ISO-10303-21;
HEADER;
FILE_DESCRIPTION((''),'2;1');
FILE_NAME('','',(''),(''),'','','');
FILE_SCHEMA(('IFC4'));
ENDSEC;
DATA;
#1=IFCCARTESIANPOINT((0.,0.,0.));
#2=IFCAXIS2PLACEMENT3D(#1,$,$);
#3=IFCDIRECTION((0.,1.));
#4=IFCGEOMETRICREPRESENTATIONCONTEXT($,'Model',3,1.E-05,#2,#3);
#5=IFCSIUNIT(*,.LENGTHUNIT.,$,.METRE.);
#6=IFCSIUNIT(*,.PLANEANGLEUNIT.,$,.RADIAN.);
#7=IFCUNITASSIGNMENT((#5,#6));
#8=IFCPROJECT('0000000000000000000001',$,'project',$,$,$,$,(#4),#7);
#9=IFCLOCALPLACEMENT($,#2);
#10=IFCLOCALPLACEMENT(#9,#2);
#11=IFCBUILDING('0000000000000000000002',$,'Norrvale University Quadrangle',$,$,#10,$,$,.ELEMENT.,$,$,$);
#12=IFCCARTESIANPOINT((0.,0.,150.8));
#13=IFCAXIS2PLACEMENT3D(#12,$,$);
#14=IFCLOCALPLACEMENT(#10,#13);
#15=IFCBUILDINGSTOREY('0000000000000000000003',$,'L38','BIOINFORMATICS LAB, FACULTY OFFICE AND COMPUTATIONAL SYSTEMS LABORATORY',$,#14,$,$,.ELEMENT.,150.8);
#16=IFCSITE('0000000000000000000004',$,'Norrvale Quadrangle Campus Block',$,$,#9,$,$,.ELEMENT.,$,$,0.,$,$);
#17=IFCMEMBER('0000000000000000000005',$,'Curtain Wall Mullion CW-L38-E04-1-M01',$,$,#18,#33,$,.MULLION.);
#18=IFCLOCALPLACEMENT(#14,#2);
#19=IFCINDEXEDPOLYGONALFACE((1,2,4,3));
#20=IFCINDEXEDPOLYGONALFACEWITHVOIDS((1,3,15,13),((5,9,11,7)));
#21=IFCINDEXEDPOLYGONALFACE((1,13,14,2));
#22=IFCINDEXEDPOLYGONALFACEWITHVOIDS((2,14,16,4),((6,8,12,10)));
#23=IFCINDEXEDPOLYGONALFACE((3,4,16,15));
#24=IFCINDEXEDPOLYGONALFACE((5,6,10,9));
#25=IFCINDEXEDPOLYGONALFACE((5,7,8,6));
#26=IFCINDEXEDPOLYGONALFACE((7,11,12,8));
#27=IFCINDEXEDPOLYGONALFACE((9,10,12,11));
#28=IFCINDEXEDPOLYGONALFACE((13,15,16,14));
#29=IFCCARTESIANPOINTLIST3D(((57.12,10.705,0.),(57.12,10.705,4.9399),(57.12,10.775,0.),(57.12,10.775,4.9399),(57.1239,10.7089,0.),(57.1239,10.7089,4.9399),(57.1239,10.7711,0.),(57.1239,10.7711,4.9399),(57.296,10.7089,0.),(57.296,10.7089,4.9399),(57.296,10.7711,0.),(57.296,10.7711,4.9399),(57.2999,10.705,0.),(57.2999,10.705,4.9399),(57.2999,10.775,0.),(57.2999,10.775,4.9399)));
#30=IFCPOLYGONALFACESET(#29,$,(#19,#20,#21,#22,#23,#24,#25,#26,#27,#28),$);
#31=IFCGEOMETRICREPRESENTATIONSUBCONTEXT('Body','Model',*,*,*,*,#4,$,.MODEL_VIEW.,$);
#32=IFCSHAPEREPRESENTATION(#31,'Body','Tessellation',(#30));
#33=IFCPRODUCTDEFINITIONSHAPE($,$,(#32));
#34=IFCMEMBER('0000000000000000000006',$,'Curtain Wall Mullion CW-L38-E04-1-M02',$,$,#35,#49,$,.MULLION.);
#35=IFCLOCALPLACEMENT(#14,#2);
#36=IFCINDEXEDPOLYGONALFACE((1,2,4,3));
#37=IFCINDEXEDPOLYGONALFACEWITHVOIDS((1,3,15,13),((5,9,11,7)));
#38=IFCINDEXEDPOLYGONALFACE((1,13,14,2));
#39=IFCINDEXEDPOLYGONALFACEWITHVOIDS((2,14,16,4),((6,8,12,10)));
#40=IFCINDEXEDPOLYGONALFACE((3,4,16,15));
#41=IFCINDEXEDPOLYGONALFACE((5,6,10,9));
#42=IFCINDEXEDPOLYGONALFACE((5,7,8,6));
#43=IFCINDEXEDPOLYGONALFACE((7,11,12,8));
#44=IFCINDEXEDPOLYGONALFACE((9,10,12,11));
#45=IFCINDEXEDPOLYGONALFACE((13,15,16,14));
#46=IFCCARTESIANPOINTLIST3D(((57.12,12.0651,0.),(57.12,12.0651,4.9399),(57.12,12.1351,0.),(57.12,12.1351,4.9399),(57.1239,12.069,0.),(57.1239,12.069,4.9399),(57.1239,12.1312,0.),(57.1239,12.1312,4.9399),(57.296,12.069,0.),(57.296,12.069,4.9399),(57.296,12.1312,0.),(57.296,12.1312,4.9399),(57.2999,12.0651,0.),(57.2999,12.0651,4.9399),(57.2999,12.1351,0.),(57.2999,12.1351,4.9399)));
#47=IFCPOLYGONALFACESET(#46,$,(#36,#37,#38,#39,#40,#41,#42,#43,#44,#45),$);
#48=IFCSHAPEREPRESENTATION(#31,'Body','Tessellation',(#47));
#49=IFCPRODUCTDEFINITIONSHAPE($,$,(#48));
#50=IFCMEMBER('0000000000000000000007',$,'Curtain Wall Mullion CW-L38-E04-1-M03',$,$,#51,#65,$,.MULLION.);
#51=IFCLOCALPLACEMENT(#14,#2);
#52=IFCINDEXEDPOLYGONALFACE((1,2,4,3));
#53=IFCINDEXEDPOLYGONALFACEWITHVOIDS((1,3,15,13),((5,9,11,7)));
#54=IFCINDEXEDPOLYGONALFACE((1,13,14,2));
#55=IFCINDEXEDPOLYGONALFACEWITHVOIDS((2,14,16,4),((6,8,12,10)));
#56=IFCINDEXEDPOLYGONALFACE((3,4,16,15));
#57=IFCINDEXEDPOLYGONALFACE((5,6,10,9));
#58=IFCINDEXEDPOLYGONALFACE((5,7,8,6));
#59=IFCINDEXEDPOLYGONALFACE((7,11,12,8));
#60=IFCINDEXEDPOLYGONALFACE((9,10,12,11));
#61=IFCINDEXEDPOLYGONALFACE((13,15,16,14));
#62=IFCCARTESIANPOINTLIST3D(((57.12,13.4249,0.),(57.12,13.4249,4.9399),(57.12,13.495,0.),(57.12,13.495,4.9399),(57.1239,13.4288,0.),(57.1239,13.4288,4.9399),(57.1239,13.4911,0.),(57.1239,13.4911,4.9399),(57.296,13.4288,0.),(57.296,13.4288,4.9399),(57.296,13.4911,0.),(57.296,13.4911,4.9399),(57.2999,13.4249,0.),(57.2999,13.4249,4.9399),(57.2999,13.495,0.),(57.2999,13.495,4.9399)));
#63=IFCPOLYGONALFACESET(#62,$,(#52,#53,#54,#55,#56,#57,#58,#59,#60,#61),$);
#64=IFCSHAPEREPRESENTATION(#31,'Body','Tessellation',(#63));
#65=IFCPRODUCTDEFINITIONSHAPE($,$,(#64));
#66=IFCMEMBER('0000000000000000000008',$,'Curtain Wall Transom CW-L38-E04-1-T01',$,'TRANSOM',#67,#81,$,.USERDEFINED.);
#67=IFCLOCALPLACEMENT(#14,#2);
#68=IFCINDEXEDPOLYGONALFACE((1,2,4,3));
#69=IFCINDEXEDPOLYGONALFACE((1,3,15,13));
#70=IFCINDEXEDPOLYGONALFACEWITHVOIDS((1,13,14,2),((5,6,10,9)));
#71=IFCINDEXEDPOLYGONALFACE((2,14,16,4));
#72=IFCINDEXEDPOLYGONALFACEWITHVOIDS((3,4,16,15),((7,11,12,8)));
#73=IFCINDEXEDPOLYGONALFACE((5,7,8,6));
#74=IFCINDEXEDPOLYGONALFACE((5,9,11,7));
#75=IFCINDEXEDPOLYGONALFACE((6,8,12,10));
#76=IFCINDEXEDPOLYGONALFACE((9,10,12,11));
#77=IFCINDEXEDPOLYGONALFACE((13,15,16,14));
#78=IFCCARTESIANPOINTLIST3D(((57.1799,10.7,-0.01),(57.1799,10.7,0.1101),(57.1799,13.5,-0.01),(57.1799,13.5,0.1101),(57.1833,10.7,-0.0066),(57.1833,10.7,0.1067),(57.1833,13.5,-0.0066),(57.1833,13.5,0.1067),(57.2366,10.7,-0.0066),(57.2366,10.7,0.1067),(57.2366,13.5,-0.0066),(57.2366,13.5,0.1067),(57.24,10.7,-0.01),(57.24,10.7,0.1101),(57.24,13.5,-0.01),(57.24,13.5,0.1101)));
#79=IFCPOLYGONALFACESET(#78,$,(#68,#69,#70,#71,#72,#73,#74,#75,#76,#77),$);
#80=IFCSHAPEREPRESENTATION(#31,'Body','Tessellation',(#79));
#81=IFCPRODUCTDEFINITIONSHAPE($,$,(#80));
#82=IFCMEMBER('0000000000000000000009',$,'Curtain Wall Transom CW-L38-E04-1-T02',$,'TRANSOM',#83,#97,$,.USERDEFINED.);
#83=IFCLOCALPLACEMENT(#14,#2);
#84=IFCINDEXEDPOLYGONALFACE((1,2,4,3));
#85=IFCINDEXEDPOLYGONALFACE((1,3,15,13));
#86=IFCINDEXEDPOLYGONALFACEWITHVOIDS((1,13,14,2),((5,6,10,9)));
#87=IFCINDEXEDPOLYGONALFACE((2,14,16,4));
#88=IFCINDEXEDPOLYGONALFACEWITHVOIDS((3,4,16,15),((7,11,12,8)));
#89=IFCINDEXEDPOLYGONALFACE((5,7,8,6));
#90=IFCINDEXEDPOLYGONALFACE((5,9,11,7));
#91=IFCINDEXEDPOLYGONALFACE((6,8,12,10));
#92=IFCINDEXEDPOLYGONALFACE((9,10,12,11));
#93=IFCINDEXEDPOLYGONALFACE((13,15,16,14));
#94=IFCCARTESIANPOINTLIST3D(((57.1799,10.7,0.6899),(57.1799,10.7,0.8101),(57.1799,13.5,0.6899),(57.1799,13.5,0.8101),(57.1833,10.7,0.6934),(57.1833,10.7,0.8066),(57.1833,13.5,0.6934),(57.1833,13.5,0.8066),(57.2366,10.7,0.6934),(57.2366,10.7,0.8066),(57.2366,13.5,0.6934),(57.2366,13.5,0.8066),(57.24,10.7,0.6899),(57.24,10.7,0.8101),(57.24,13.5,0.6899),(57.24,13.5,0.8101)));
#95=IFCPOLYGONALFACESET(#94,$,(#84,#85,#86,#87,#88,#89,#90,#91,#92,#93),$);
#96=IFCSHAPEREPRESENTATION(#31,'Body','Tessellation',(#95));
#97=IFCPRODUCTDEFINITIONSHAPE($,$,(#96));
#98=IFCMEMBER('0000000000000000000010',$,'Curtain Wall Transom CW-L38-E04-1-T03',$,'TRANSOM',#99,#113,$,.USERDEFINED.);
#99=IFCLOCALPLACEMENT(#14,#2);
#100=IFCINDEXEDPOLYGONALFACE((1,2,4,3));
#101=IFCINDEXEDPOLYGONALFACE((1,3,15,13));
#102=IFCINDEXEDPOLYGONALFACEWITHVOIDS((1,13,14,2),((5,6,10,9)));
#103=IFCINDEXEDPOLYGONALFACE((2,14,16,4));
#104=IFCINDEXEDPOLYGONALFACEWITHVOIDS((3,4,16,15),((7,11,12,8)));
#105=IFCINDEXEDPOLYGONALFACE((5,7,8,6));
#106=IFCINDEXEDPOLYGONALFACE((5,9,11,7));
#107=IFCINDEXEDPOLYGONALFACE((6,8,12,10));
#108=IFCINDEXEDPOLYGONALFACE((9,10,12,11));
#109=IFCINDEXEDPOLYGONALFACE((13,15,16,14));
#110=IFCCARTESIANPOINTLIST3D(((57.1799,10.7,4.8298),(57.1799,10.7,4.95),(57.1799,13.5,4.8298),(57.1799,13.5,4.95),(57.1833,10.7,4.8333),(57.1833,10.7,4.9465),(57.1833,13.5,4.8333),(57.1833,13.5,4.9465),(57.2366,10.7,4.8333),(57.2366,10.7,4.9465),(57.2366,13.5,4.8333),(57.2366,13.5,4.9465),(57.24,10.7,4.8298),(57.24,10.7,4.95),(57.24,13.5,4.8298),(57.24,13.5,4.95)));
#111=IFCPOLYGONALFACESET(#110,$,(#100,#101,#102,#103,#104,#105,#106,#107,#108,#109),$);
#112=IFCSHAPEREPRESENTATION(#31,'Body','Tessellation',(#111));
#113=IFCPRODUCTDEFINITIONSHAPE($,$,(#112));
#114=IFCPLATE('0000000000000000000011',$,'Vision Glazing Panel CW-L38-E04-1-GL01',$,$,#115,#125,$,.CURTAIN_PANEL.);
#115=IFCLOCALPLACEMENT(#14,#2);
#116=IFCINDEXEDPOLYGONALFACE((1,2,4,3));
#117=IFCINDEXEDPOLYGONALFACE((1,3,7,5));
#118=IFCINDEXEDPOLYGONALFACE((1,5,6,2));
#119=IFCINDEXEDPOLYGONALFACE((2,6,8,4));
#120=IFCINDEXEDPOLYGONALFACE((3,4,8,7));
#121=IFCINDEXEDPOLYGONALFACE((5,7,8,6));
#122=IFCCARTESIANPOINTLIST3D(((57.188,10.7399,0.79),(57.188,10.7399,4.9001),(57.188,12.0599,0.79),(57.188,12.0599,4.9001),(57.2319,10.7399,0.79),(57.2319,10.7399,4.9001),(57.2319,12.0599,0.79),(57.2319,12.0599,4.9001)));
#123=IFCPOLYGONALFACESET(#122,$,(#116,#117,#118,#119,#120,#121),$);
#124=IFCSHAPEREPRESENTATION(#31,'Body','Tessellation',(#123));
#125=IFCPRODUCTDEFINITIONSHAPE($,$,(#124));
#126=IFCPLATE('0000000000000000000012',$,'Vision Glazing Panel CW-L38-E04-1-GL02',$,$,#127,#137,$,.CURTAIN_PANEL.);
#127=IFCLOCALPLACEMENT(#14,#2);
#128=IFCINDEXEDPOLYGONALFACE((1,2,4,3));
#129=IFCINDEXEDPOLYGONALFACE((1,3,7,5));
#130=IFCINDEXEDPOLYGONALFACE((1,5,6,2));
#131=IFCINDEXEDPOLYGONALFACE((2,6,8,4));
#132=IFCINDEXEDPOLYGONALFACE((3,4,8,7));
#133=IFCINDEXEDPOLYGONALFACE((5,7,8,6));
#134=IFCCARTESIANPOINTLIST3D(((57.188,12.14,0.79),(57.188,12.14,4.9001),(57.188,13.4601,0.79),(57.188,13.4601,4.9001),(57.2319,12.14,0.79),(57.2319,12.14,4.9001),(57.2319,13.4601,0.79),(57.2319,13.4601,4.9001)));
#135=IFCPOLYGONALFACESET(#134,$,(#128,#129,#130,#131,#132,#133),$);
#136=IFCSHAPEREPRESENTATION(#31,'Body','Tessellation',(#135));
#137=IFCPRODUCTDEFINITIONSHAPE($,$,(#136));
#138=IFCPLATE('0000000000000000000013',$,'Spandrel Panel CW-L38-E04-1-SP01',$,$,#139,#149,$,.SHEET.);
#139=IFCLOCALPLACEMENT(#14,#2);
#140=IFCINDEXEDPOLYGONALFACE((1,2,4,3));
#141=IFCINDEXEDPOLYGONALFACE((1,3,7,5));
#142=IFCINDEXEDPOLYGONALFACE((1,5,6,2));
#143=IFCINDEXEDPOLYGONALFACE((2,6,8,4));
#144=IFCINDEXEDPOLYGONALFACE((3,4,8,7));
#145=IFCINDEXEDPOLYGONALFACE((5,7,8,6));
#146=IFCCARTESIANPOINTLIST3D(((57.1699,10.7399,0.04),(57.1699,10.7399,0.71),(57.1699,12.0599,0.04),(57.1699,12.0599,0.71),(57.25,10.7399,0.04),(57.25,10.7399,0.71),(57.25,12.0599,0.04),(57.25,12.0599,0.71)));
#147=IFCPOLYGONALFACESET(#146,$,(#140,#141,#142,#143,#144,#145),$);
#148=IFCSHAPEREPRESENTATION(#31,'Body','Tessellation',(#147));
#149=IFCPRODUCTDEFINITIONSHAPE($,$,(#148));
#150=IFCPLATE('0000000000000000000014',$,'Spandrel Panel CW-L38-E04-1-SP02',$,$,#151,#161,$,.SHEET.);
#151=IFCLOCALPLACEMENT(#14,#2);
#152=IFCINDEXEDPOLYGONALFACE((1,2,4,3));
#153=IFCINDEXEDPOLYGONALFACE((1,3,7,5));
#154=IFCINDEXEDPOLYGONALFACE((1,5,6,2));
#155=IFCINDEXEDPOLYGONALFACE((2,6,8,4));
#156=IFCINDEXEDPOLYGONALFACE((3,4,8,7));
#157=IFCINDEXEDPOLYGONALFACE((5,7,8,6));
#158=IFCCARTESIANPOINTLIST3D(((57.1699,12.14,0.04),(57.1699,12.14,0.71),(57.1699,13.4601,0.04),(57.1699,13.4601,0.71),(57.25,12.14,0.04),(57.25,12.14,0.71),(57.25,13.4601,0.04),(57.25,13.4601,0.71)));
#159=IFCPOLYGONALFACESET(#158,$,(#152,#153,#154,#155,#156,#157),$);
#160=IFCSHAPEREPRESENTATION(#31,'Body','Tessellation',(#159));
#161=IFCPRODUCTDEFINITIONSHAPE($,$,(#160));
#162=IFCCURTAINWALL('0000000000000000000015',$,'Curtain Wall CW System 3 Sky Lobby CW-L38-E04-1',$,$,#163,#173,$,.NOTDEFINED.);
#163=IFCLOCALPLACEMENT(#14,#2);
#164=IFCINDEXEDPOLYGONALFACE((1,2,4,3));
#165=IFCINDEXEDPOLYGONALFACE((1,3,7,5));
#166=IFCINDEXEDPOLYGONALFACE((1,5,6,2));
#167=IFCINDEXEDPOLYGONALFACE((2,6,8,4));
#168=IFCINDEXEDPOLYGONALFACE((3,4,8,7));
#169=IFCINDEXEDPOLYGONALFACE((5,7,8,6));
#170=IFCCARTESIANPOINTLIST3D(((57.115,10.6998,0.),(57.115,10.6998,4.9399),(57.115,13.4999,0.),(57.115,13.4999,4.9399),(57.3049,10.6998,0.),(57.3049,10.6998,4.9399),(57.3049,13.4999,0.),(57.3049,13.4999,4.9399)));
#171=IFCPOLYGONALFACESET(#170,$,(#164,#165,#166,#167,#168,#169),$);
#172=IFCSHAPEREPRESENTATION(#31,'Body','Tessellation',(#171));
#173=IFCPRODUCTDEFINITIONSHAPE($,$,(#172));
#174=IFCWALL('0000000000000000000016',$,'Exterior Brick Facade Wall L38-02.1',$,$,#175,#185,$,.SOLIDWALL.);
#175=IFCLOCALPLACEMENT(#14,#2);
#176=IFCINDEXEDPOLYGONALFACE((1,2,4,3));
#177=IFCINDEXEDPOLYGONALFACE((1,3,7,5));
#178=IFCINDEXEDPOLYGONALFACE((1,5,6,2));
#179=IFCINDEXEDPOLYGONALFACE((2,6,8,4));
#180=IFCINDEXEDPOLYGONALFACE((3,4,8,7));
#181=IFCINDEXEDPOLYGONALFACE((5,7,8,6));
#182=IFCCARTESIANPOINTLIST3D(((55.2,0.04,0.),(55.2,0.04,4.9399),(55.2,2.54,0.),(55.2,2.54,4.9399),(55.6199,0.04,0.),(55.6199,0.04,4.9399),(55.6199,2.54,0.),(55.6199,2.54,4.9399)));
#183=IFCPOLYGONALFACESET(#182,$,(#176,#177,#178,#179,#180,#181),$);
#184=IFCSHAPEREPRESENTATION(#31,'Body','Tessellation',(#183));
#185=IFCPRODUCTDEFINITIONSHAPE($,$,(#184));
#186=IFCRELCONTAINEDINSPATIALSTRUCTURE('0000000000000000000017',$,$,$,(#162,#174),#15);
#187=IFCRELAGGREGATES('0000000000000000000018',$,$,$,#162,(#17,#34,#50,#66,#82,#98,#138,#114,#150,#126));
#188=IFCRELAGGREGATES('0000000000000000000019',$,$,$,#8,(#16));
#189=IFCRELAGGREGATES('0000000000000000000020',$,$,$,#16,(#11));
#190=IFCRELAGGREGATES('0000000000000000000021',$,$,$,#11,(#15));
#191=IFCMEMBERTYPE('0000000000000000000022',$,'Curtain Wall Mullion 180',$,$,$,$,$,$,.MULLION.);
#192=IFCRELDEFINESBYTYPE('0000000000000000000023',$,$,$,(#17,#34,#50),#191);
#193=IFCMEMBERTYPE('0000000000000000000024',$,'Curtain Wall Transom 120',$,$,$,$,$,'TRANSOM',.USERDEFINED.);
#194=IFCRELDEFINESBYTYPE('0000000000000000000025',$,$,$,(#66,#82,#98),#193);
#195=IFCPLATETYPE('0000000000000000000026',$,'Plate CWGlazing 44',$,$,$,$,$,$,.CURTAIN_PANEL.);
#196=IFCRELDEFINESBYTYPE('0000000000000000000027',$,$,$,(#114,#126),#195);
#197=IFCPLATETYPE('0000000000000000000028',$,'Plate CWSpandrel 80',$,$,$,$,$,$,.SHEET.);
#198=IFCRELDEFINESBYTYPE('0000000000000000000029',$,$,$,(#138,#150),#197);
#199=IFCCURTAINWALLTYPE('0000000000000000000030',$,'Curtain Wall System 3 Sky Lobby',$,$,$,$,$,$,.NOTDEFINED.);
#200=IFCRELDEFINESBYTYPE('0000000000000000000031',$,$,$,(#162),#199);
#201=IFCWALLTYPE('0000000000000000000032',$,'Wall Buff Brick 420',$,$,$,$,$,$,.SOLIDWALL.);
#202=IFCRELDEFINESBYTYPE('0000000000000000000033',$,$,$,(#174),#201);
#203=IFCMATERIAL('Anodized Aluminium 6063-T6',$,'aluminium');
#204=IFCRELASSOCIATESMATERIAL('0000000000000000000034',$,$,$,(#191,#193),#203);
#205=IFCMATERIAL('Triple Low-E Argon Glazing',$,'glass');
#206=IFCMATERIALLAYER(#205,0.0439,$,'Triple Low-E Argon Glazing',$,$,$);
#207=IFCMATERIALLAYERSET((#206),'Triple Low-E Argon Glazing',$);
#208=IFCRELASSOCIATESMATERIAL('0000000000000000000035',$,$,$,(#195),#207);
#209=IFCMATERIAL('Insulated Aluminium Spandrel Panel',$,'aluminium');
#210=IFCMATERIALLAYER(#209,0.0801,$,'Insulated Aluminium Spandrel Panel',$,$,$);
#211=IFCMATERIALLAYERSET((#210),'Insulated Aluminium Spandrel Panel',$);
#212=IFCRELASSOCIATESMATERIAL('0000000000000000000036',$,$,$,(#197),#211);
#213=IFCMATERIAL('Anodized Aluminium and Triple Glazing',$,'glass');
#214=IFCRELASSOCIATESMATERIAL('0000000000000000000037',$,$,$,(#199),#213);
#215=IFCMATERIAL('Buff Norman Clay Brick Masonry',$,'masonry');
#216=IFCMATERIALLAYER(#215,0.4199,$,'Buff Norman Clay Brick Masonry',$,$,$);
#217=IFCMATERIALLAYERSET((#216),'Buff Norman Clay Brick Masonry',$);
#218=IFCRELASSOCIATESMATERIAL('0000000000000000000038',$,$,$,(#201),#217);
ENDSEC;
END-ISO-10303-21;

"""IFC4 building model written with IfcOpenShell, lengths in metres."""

from ifc_helpers import new_model, si_unit, direction, frame, frame_2d, origin, origin_2d, place, context, subcontext, project, spatial, rectangle, hollow_rectangle, extrude, material, layer, layer_set, material_profile, profile_set, type_object, element, aggregate, save


model = new_model("IFC4")

# Units and contexts
model_context = context("Model", 3, precision=1e-05, world=origin(), true_north=direction((0.0, 1.0)))
body_context = subcontext(model_context, "Body", "Model", "MODEL_VIEW")
ifc_project = project(units=[si_unit("LENGTHUNIT", "METRE"), si_unit("PLANEANGLEUNIT", "RADIAN")], contexts=[model_context])

# Site, building, storey
site_placement = place(None, origin())
site = spatial("IfcSite", under=ifc_project, at=site_placement, Name="Norrvale Quadrangle Campus Block", CompositionType="ELEMENT", RefElevation=0.0)
building_placement = place(site_placement, origin())
building = spatial("IfcBuilding", under=site, at=building_placement, Name="Norrvale University Quadrangle", CompositionType="ELEMENT")
storey_placement = place(building_placement, frame((0.0, 0.0, 150.8)))
storey = spatial("IfcBuildingStorey", under=building, at=storey_placement, Name="L38", Description="BIOINFORMATICS LAB, FACULTY OFFICE AND COMPUTATIONAL SYSTEMS LABORATORY", CompositionType="ELEMENT", Elevation=150.8)

# Members
ifc_material_1 = material(Name="Anodized Aluminium 6063-T6", Category="aluminium")
ifc_material_profile_1 = material_profile(ifc_material_1, hollow_rectangle(XDim=0.0701, YDim=0.1799, WallThickness=0.0039, at=origin_2d()), Name="Anodized Aluminium 6063-T6")
ifc_profile_set_1 = profile_set([ifc_material_profile_1], Name="Anodized Aluminium 6063-T6")
member_type_1 = type_object("IfcMemberType", Name="Curtain Wall Mullion 180", PredefinedType="MULLION", material=ifc_profile_set_1)
member_1_placement = place(storey_placement, frame((57.21, 10.74, 0.0), z_axis=(0.0, 0.0, 1.0), x_axis=(0.0, 1.0, 0.0)))
member_1 = element("IfcMember", 1, at=member_1_placement, type_object=member_type_1, Name="Curtain Wall Mullion CW-L38-E04-1-M01", PredefinedType="MULLION", context=body_context, shape_type="SweptSolid", body=[
    extrude(hollow_rectangle(XDim=0.0701, YDim=0.1799, WallThickness=0.0039, at=origin_2d()), origin(), (0.0, 0.0, 1.0), 4.9399),
])
member_2_placement = place(storey_placement, frame((57.21, 12.1001, 0.0), z_axis=(0.0, 0.0, 1.0), x_axis=(0.0, 1.0, 0.0)))
member_2 = element("IfcMember", 2, at=member_2_placement, type_object=member_type_1, Name="Curtain Wall Mullion CW-L38-E04-1-M02", PredefinedType="MULLION", context=body_context, shape_type="SweptSolid", body=[
    extrude(hollow_rectangle(XDim=0.0701, YDim=0.1799, WallThickness=0.0039, at=origin_2d()), origin(), (0.0, 0.0, 1.0), 4.9399),
])
member_3_placement = place(storey_placement, frame((57.21, 13.46, 0.0), z_axis=(0.0, 0.0, 1.0), x_axis=(0.0, 1.0, 0.0)))
member_3 = element("IfcMember", 3, at=member_3_placement, type_object=member_type_1, Name="Curtain Wall Mullion CW-L38-E04-1-M03", PredefinedType="MULLION", context=body_context, shape_type="SweptSolid", body=[
    extrude(hollow_rectangle(XDim=0.0701, YDim=0.1799, WallThickness=0.0039, at=origin_2d()), origin(), (0.0, 0.0, 1.0), 4.9399),
])
ifc_material_profile_2 = material_profile(ifc_material_1, hollow_rectangle(XDim=0.0601, YDim=0.1201, WallThickness=0.0034, at=origin_2d()), Name="Anodized Aluminium 6063-T6")
ifc_profile_set_2 = profile_set([ifc_material_profile_2], Name="Anodized Aluminium 6063-T6")
member_type_2 = type_object("IfcMemberType", Name="Curtain Wall Transom 120", ElementType="TRANSOM", PredefinedType="USERDEFINED", material=ifc_profile_set_2)
member_4_placement = place(storey_placement, frame((57.21, 10.7, 0.05), z_axis=(0.0, 1.0, 0.0), x_axis=(-1.0, 0.0, 0.0)))
member_4 = element("IfcMember", 4, at=member_4_placement, type_object=member_type_2, Name="Curtain Wall Transom CW-L38-E04-1-T01", ObjectType="TRANSOM", PredefinedType="USERDEFINED", context=body_context, shape_type="SweptSolid", body=[
    extrude(hollow_rectangle(XDim=0.0601, YDim=0.1201, WallThickness=0.0034, at=origin_2d()), origin(), (0.0, 0.0, 1.0), 2.8),
])
member_5_placement = place(storey_placement, frame((57.21, 10.7, 0.75), z_axis=(0.0, 1.0, 0.0), x_axis=(-1.0, 0.0, 0.0)))
member_5 = element("IfcMember", 5, at=member_5_placement, type_object=member_type_2, Name="Curtain Wall Transom CW-L38-E04-1-T02", ObjectType="TRANSOM", PredefinedType="USERDEFINED", context=body_context, shape_type="SweptSolid", body=[
    extrude(hollow_rectangle(XDim=0.0601, YDim=0.1201, WallThickness=0.0034, at=origin_2d()), origin(), (0.0, 0.0, 1.0), 2.8),
])
member_6_placement = place(storey_placement, frame((57.21, 10.7, 4.8899), z_axis=(0.0, 1.0, 0.0), x_axis=(-1.0, 0.0, 0.0)))
member_6 = element("IfcMember", 6, at=member_6_placement, type_object=member_type_2, Name="Curtain Wall Transom CW-L38-E04-1-T03", ObjectType="TRANSOM", PredefinedType="USERDEFINED", context=body_context, shape_type="SweptSolid", body=[
    extrude(hollow_rectangle(XDim=0.0601, YDim=0.1201, WallThickness=0.0034, at=origin_2d()), origin(), (0.0, 0.0, 1.0), 2.8),
])

# Plates
ifc_material_2 = material(Name="Triple Low-E Argon Glazing", Category="glass")
ifc_layer_1 = layer(ifc_material_2, 0.0439, Name="Triple Low-E Argon Glazing")
ifc_layer_set_1 = layer_set([ifc_layer_1], Name="Triple Low-E Argon Glazing")
plate_type_1 = type_object("IfcPlateType", Name="Plate CWGlazing 44", PredefinedType="CURTAIN_PANEL", material=ifc_layer_set_1)
plate_1_placement = place(storey_placement, frame((57.21, 11.3999, 0.79), z_axis=(0.0, 0.0, 1.0), x_axis=(0.0, 1.0, 0.0)))
plate_1 = element("IfcPlate", 7, at=plate_1_placement, type_object=plate_type_1, Name="Vision Glazing Panel CW-L38-E04-1-GL01", PredefinedType="CURTAIN_PANEL", context=body_context, shape_type="SweptSolid", body=[
    extrude(rectangle(XDim=1.3201, YDim=0.0439, at=origin_2d()), origin(), (0.0, 0.0, 1.0), 4.1101),
])
plate_2_placement = place(storey_placement, frame((57.21, 12.8, 0.79), z_axis=(0.0, 0.0, 1.0), x_axis=(0.0, 1.0, 0.0)))
plate_2 = element("IfcPlate", 8, at=plate_2_placement, type_object=plate_type_1, Name="Vision Glazing Panel CW-L38-E04-1-GL02", PredefinedType="CURTAIN_PANEL", context=body_context, shape_type="SweptSolid", body=[
    extrude(rectangle(XDim=1.3201, YDim=0.0439, at=origin_2d()), origin(), (0.0, 0.0, 1.0), 4.1101),
])
ifc_material_3 = material(Name="Insulated Aluminium Spandrel Panel", Category="aluminium")
ifc_layer_2 = layer(ifc_material_3, 0.0801, Name="Insulated Aluminium Spandrel Panel")
ifc_layer_set_2 = layer_set([ifc_layer_2], Name="Insulated Aluminium Spandrel Panel")
plate_type_2 = type_object("IfcPlateType", Name="Plate CWSpandrel 80", PredefinedType="SHEET", material=ifc_layer_set_2)
plate_3_placement = place(storey_placement, frame((57.21, 11.3999, 0.04), z_axis=(0.0, 0.0, 1.0), x_axis=(0.0, 1.0, 0.0)))
plate_3 = element("IfcPlate", 9, at=plate_3_placement, type_object=plate_type_2, Name="Spandrel Panel CW-L38-E04-1-SP01", PredefinedType="SHEET", context=body_context, shape_type="SweptSolid", body=[
    extrude(rectangle(XDim=1.3201, YDim=0.0801, at=origin_2d()), origin(), (0.0, 0.0, 1.0), 0.6699),
])
plate_4_placement = place(storey_placement, frame((57.21, 12.8, 0.04), z_axis=(0.0, 0.0, 1.0), x_axis=(0.0, 1.0, 0.0)))
plate_4 = element("IfcPlate", 10, at=plate_4_placement, type_object=plate_type_2, Name="Spandrel Panel CW-L38-E04-1-SP02", PredefinedType="SHEET", context=body_context, shape_type="SweptSolid", body=[
    extrude(rectangle(XDim=1.3201, YDim=0.0801, at=origin_2d()), origin(), (0.0, 0.0, 1.0), 0.6699),
])

# Curtain wall
ifc_material_4 = material(Name="Anodized Aluminium and Triple Glazing", Category="glass")
curtain_wall_type = type_object("IfcCurtainWallType", Name="Curtain Wall System 3 Sky Lobby", PredefinedType="NOTDEFINED", material=ifc_material_4)
curtain_wall_placement = place(storey_placement, frame((57.21, 10.7, 0.0), z_axis=(0.0, 0.0, 1.0), x_axis=(0.0, 1.0, 0.0)))
curtain_wall = element("IfcCurtainWall", 11, at=curtain_wall_placement, inside=storey, type_object=curtain_wall_type, Name="Curtain Wall CW System 3 Sky Lobby CW-L38-E04-1", PredefinedType="NOTDEFINED", context=body_context, shape_type="SweptSolid", body=[
    extrude(rectangle(XDim=2.8, YDim=0.1899, at=frame_2d((1.3999, 0.0))), origin(), (0.0, 0.0, 1.0), 4.9399),
])
aggregate(curtain_wall, [member_1, member_2, member_3, member_4, member_5, member_6, plate_3, plate_1, plate_4, plate_2])

# Wall
ifc_material_5 = material(Name="Buff Norman Clay Brick Masonry", Category="masonry")
ifc_layer_3 = layer(ifc_material_5, 0.4199, Name="Buff Norman Clay Brick Masonry")
ifc_layer_set_3 = layer_set([ifc_layer_3], Name="Buff Norman Clay Brick Masonry")
wall_type = type_object("IfcWallType", Name="Wall Buff Brick 420", PredefinedType="SOLIDWALL", material=ifc_layer_set_3)
for number, where, z_axis, x_axis, name in (
    (12, (55.4099, 0.04, 0.0), (0.0, 0.0, 1.0), (0.0, 1.0, 0.0), "Exterior Brick Facade Wall L38-02.1"),
):
    element("IfcWall", number, at=place(storey_placement, frame(where, z_axis=z_axis, x_axis=x_axis)), inside=storey, type_object=wall_type, Name=name, PredefinedType="SOLIDWALL", context=body_context, shape_type="SweptSolid", body=[
        extrude(rectangle(XDim=2.5, YDim=0.4199, at=frame_2d((1.25, 0.0))), origin(), (0.0, 0.0, 1.0), 4.9399),
    ])

save(model, "model.ifc")
